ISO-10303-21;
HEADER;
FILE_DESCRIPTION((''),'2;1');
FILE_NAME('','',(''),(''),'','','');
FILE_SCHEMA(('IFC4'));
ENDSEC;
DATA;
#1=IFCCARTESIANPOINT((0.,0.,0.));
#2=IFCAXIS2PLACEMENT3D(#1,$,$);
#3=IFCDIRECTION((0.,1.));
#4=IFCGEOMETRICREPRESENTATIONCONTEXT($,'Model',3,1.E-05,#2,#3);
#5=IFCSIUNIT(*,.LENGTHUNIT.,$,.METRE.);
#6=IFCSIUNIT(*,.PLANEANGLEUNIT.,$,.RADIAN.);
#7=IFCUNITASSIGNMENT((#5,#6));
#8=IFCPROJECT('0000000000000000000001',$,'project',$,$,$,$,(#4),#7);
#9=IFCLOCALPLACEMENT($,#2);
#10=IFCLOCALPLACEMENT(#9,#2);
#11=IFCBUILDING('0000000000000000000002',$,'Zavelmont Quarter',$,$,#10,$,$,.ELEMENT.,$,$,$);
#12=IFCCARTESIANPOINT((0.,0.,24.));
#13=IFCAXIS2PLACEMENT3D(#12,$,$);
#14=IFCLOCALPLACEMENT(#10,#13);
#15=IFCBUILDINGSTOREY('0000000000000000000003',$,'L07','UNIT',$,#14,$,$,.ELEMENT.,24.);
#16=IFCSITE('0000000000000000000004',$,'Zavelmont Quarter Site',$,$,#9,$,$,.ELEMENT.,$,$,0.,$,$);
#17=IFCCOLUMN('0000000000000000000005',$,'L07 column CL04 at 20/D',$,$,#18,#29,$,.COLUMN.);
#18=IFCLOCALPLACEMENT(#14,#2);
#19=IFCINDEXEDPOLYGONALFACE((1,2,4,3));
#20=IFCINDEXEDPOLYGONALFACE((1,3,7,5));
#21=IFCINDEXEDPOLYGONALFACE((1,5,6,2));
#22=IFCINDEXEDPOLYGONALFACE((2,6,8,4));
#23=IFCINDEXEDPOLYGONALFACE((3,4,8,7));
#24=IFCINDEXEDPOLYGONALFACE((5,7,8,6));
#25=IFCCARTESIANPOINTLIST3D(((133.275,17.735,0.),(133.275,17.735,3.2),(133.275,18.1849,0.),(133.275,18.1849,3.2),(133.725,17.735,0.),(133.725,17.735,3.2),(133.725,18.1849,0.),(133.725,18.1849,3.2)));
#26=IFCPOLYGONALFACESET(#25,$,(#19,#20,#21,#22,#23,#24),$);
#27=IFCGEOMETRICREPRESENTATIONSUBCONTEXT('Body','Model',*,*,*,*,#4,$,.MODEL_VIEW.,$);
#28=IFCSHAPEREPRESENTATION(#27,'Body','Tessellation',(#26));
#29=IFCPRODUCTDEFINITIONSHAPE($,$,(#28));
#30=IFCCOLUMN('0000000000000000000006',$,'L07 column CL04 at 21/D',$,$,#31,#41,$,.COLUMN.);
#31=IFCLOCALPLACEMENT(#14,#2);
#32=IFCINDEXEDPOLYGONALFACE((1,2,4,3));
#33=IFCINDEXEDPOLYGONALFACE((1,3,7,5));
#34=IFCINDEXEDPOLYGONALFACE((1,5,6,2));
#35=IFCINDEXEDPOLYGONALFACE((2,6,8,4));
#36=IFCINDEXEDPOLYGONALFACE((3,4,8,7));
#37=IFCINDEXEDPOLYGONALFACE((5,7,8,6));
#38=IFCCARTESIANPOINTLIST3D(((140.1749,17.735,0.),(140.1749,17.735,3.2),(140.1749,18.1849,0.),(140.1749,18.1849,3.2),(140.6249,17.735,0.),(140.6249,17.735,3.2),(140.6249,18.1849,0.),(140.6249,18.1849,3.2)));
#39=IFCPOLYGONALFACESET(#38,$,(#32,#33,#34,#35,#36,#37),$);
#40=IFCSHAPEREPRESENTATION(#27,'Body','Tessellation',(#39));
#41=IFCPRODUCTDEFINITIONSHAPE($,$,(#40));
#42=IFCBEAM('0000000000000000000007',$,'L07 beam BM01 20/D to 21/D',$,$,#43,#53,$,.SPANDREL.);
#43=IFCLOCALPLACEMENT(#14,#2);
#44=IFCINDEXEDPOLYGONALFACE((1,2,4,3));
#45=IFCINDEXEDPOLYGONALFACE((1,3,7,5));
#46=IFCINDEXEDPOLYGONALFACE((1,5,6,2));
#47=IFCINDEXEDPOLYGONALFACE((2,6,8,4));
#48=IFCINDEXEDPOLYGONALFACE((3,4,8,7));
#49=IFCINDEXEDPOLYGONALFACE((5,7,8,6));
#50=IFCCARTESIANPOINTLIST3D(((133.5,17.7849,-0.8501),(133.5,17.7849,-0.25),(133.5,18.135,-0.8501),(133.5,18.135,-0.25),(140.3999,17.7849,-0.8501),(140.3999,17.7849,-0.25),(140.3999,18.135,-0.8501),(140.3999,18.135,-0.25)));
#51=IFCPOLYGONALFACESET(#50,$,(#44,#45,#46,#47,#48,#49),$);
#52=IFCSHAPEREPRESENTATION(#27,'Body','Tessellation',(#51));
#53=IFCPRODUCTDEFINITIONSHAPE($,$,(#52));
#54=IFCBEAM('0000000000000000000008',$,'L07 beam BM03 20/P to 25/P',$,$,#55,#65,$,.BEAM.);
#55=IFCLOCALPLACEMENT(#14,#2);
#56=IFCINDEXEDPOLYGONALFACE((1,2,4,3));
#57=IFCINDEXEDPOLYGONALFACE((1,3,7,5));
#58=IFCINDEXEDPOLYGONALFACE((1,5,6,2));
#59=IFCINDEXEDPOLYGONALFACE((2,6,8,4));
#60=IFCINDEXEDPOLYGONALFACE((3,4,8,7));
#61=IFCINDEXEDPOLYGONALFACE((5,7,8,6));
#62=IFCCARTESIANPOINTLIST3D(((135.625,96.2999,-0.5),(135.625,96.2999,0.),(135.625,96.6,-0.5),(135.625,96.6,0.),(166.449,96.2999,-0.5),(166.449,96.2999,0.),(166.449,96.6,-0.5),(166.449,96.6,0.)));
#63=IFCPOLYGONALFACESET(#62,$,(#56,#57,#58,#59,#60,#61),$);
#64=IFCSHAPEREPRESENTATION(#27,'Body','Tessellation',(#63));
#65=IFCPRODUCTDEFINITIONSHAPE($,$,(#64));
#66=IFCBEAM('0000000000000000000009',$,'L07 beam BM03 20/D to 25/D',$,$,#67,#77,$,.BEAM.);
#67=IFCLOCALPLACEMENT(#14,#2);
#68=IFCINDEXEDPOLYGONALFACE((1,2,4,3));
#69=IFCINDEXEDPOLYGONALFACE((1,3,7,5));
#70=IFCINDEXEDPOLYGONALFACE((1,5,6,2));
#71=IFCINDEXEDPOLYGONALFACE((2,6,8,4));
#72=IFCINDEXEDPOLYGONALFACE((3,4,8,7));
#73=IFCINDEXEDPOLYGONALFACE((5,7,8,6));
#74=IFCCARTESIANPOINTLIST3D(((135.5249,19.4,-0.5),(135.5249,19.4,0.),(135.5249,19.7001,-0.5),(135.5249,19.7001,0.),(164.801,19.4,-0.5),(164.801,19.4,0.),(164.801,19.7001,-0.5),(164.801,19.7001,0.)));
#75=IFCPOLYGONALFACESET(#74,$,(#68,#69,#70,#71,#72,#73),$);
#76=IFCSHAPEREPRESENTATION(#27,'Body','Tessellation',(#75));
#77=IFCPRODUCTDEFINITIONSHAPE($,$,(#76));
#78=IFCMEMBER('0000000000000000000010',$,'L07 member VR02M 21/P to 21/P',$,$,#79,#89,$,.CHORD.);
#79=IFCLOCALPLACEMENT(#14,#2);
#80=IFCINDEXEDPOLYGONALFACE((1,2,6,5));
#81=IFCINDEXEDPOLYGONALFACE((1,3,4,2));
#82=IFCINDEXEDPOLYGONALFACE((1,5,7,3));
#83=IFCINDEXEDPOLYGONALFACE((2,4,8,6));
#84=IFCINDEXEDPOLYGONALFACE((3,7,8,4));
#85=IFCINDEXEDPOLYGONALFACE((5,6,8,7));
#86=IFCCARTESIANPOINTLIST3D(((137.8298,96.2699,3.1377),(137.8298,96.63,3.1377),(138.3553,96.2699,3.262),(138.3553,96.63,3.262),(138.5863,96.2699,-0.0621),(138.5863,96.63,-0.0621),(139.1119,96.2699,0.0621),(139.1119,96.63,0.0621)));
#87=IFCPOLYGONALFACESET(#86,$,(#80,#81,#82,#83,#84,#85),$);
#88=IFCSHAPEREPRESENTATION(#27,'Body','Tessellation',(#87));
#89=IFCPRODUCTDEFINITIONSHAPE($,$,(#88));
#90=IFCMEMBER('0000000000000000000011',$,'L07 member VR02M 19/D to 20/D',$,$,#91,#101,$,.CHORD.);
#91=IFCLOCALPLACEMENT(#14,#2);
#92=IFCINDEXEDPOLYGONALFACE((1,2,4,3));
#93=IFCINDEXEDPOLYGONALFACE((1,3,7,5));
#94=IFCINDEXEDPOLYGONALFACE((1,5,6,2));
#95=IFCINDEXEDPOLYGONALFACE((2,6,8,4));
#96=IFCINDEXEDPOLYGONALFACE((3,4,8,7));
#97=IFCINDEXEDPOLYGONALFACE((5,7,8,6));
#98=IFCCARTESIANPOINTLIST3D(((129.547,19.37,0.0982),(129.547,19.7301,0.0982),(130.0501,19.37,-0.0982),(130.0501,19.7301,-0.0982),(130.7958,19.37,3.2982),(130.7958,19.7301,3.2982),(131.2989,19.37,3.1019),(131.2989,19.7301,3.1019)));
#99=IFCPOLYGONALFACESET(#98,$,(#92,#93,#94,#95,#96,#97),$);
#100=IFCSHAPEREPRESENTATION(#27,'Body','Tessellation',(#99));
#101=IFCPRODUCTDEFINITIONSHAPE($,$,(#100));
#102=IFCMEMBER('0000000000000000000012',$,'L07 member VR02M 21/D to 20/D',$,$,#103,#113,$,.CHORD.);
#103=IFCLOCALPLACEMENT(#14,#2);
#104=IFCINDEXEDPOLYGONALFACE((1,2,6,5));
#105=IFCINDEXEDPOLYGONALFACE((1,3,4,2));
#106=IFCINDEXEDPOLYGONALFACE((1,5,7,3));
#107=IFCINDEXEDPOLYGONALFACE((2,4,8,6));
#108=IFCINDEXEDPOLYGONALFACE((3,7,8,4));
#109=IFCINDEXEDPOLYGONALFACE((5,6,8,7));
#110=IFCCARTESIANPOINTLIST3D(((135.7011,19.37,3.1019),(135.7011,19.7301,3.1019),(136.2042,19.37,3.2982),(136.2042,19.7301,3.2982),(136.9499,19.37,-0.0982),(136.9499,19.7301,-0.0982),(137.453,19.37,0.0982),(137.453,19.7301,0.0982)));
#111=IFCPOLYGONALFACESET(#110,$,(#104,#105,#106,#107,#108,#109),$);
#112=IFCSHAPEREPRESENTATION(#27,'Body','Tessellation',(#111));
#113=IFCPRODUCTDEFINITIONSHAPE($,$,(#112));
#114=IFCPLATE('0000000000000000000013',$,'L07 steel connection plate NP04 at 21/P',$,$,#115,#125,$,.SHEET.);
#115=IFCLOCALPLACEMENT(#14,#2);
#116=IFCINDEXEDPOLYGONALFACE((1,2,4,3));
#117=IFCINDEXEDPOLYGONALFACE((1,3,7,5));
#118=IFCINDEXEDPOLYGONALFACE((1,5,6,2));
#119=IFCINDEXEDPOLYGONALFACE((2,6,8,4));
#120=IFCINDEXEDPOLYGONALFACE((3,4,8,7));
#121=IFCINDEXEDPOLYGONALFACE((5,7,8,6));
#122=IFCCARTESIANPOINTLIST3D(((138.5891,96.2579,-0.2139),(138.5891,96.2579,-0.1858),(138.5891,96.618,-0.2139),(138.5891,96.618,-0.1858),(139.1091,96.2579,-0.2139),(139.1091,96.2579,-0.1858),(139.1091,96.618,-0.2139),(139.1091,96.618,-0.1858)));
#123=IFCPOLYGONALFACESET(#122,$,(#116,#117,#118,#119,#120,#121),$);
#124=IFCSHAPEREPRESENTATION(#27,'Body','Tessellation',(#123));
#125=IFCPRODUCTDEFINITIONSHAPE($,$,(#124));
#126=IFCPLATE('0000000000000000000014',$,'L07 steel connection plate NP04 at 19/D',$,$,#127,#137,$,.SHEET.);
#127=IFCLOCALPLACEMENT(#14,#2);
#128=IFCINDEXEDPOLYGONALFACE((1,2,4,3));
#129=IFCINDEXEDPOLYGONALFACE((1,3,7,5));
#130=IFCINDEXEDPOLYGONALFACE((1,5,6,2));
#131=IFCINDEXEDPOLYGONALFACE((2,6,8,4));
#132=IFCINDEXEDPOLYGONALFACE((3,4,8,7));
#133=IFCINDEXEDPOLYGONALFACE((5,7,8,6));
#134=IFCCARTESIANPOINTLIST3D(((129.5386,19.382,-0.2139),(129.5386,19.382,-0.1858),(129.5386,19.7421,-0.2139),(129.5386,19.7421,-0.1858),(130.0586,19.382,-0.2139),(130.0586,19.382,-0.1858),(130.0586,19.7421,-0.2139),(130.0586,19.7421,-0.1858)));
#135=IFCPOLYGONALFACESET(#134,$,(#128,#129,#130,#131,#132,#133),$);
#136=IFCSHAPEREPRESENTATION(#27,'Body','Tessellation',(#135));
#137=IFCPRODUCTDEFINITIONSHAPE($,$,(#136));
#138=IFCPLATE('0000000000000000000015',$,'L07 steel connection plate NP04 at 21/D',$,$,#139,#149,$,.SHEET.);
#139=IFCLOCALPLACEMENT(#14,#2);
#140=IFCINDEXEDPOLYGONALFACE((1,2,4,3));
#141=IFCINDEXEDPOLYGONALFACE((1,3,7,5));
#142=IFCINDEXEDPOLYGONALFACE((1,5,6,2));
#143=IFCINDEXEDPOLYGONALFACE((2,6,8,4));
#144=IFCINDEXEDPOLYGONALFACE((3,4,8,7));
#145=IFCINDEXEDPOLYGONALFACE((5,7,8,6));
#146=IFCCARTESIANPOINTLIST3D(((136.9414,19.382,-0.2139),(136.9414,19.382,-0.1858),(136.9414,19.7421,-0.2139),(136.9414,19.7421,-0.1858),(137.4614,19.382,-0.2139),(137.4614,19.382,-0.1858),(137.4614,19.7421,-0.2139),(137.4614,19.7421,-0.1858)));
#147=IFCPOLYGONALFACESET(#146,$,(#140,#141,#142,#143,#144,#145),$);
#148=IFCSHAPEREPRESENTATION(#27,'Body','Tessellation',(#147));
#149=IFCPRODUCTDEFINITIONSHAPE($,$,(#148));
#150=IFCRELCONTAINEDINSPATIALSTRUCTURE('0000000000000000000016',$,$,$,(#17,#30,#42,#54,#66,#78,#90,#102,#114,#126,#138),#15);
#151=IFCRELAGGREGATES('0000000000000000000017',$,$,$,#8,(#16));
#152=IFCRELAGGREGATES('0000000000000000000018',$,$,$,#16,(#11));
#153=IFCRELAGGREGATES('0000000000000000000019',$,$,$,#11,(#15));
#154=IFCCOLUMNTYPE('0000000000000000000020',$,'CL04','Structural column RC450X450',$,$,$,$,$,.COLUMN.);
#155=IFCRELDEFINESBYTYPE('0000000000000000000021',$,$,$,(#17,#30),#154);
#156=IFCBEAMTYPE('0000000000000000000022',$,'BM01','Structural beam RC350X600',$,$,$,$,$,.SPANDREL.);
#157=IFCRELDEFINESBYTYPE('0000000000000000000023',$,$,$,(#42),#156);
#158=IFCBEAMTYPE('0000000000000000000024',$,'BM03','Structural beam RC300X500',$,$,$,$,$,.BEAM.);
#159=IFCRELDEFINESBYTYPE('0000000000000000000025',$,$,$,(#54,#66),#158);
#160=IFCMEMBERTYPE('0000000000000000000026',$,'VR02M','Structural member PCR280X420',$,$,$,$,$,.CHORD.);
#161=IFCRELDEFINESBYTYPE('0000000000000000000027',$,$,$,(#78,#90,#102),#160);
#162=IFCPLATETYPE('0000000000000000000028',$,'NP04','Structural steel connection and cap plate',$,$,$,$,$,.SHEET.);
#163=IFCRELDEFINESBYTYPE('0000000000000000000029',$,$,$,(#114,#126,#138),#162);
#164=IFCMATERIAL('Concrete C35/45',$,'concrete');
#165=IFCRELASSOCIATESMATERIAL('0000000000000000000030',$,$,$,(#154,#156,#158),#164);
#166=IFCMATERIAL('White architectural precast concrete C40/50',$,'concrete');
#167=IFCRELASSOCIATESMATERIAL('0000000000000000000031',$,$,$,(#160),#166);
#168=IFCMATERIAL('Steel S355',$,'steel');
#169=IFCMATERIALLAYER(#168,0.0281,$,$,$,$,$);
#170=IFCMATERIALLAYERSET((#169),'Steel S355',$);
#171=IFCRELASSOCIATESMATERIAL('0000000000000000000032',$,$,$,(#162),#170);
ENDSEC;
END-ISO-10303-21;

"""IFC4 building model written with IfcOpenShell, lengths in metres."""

from ifc_helpers import new_model, si_unit, direction, frame, origin, origin_2d, place, context, subcontext, project, spatial, rectangle, extrude, material, layer, layer_set, material_profile, profile_set, type_object, element, save


model = new_model("IFC4")

# Units and contexts
model_context = context("Model", 3, precision=1e-05, world=origin(), true_north=direction((0.0, 1.0)))
body_context = subcontext(model_context, "Body", "Model", "MODEL_VIEW")
ifc_project = project(units=[si_unit("LENGTHUNIT", "METRE"), si_unit("PLANEANGLEUNIT", "RADIAN")], contexts=[model_context])

# Site, building, storey
site_placement = place(None, origin())
site = spatial("IfcSite", under=ifc_project, at=site_placement, Name="Zavelmont Quarter Site", CompositionType="ELEMENT", RefElevation=0.0)
building_placement = place(site_placement, origin())
building = spatial("IfcBuilding", under=site, at=building_placement, Name="Zavelmont Quarter", CompositionType="ELEMENT")
storey_placement = place(building_placement, frame((0.0, 0.0, 24.0)))
storey = spatial("IfcBuildingStorey", under=building, at=storey_placement, Name="L07", Description="UNIT", CompositionType="ELEMENT", Elevation=24.0)

# Columns
ifc_material_1 = material(Name="Concrete C35/45", Category="concrete")
ifc_material_profile_1 = material_profile(ifc_material_1, rectangle(XDim=0.45, YDim=0.45, at=origin_2d()), Name="RC450X450")
ifc_profile_set_1 = profile_set([ifc_material_profile_1], Name="Concrete C35/45")
column_type = type_object("IfcColumnType", Name="CL04", Description="Structural column RC450X450", PredefinedType="COLUMN", material=ifc_profile_set_1)
for number, where, z_axis, x_axis, name in (
    (1, (133.5, 17.96, 0.0), (0.0, 0.0, 1.0), (1.0, 0.0, 0.0), "L07 column CL04 at 20/D"),
    (2, (140.3999, 17.96, 0.0), (0.0, 0.0, 1.0), (1.0, 0.0, 0.0), "L07 column CL04 at 21/D"),
):
    element("IfcColumn", number, at=place(storey_placement, frame(where, z_axis=z_axis, x_axis=x_axis)), inside=storey, type_object=column_type, Name=name, PredefinedType="COLUMN", context=body_context, shape_type="SweptSolid", body=[
        extrude(rectangle(XDim=0.45, YDim=0.45, at=origin_2d()), origin(), (0.0, 0.0, 1.0), 3.2),
    ])

# Beams
ifc_material_profile_2 = material_profile(ifc_material_1, rectangle(XDim=0.3501, YDim=0.6001, at=origin_2d()), Name="RC350X600")
ifc_profile_set_2 = profile_set([ifc_material_profile_2], Name="Concrete C35/45")
beam_type_1 = type_object("IfcBeamType", Name="BM01", Description="Structural beam RC350X600", PredefinedType="SPANDREL", material=ifc_profile_set_2)
beam_1_placement = place(storey_placement, frame((133.5, 17.96, -0.55), z_axis=(1.0, 0.0, 0.0), x_axis=(0.0, 1.0, 0.0)))
element("IfcBeam", 3, at=beam_1_placement, inside=storey, type_object=beam_type_1, Name="L07 beam BM01 20/D to 21/D", PredefinedType="SPANDREL", context=body_context, shape_type="SweptSolid", body=[
    extrude(rectangle(XDim=0.3501, YDim=0.6001, at=origin_2d()), origin(), (0.0, 0.0, 1.0), 6.8999),
])
ifc_material_profile_3 = material_profile(ifc_material_1, rectangle(XDim=0.3, YDim=0.5, at=origin_2d()), Name="RC300X500")
ifc_profile_set_3 = profile_set([ifc_material_profile_3], Name="Concrete C35/45")
beam_type_2 = type_object("IfcBeamType", Name="BM03", Description="Structural beam RC300X500", PredefinedType="BEAM", material=ifc_profile_set_3)
beam_2_placement = place(storey_placement, frame((135.625, 96.45, -0.25), z_axis=(1.0, 0.0, 0.0), x_axis=(0.0, 1.0, 0.0)))
element("IfcBeam", 4, at=beam_2_placement, inside=storey, type_object=beam_type_2, Name="L07 beam BM03 20/P to 25/P", PredefinedType="BEAM", context=body_context, shape_type="SweptSolid", body=[
    extrude(rectangle(XDim=0.3, YDim=0.5, at=origin_2d()), origin(), (0.0, 0.0, 1.0), 30.824),
])
beam_3_placement = place(storey_placement, frame((135.5249, 19.55, -0.25), z_axis=(1.0, 0.0, 0.0), x_axis=(0.0, 1.0, 0.0)))
element("IfcBeam", 5, at=beam_3_placement, inside=storey, type_object=beam_type_2, Name="L07 beam BM03 20/D to 25/D", PredefinedType="BEAM", context=body_context, shape_type="SweptSolid", body=[
    extrude(rectangle(XDim=0.3, YDim=0.5, at=origin_2d()), origin(), (0.0, 0.0, 1.0), 29.2761),
])

# Members
ifc_material_2 = material(Name="White architectural precast concrete C40/50", Category="concrete")
ifc_material_profile_4 = material_profile(ifc_material_2, rectangle(XDim=0.3601, YDim=0.54, at=origin_2d()), Name="PCR280X420")
ifc_profile_set_4 = profile_set([ifc_material_profile_4], Name="White architectural precast concrete C40/50")
member_type = type_object("IfcMemberType", Name="VR02M", Description="Structural member PCR280X420", PredefinedType="CHORD", material=ifc_profile_set_4)
member_placement = place(storey_placement, frame((138.8491, 96.45, 0.0), z_axis=(-0.230094, 0.0, 0.973168), x_axis=(0.0, -1.0, 0.0)))
element("IfcMember", 6, at=member_placement, inside=storey, type_object=member_type, Name="L07 member VR02M 21/P to 21/P", PredefinedType="CHORD", context=body_context, shape_type="SweptSolid", body=[
    extrude(rectangle(XDim=0.3601, YDim=0.54, at=origin_2d()), origin(), (0.0, 0.0, 1.0), 3.2881),
])
for number, where, z_axis, x_axis, name in (
    (7, (129.7986, 19.55, 0.0), (0.363547, 0.0, 0.931576), (0.0, 1.0, 0.0), "L07 member VR02M 19/D to 20/D"),
    (8, (137.2014, 19.55, 0.0), (-0.363547, 0.0, 0.931576), (0.0, -1.0, 0.0), "L07 member VR02M 21/D to 20/D"),
):
    element("IfcMember", number, at=place(storey_placement, frame(where, z_axis=z_axis, x_axis=x_axis)), inside=storey, type_object=member_type, Name=name, PredefinedType="CHORD", context=body_context, shape_type="SweptSolid", body=[
        extrude(rectangle(XDim=0.3601, YDim=0.54, at=origin_2d()), origin(), (0.0, 0.0, 1.0), 3.4351),
    ])

# Plates
ifc_material_3 = material(Name="Steel S355", Category="steel")
ifc_layer_1 = layer(ifc_material_3, 0.0281)
ifc_layer_set_1 = layer_set([ifc_layer_1], Name="Steel S355")
plate_type = type_object("IfcPlateType", Name="NP04", Description="Structural steel connection and cap plate", PredefinedType="SHEET", material=ifc_layer_set_1)
for number, where, z_axis, x_axis, name in (
    (9, (138.8491, 96.438, -0.2139), (0.0, 0.0, 1.0), (1.0, 0.0, 0.0), "L07 steel connection plate NP04 at 21/P"),
    (10, (129.7986, 19.562, -0.2139), (0.0, 0.0, 1.0), (1.0, 0.0, 0.0), "L07 steel connection plate NP04 at 19/D"),
    (11, (137.2014, 19.562, -0.2139), (0.0, 0.0, 1.0), (1.0, 0.0, 0.0), "L07 steel connection plate NP04 at 21/D"),
):
    element("IfcPlate", number, at=place(storey_placement, frame(where, z_axis=z_axis, x_axis=x_axis)), inside=storey, type_object=plate_type, Name=name, PredefinedType="SHEET", context=body_context, shape_type="SweptSolid", body=[
        extrude(rectangle(XDim=0.52, YDim=0.3601, at=origin_2d()), origin(), (0.0, 0.0, 1.0), 0.0281),
    ])

save(model, "model.ifc")
